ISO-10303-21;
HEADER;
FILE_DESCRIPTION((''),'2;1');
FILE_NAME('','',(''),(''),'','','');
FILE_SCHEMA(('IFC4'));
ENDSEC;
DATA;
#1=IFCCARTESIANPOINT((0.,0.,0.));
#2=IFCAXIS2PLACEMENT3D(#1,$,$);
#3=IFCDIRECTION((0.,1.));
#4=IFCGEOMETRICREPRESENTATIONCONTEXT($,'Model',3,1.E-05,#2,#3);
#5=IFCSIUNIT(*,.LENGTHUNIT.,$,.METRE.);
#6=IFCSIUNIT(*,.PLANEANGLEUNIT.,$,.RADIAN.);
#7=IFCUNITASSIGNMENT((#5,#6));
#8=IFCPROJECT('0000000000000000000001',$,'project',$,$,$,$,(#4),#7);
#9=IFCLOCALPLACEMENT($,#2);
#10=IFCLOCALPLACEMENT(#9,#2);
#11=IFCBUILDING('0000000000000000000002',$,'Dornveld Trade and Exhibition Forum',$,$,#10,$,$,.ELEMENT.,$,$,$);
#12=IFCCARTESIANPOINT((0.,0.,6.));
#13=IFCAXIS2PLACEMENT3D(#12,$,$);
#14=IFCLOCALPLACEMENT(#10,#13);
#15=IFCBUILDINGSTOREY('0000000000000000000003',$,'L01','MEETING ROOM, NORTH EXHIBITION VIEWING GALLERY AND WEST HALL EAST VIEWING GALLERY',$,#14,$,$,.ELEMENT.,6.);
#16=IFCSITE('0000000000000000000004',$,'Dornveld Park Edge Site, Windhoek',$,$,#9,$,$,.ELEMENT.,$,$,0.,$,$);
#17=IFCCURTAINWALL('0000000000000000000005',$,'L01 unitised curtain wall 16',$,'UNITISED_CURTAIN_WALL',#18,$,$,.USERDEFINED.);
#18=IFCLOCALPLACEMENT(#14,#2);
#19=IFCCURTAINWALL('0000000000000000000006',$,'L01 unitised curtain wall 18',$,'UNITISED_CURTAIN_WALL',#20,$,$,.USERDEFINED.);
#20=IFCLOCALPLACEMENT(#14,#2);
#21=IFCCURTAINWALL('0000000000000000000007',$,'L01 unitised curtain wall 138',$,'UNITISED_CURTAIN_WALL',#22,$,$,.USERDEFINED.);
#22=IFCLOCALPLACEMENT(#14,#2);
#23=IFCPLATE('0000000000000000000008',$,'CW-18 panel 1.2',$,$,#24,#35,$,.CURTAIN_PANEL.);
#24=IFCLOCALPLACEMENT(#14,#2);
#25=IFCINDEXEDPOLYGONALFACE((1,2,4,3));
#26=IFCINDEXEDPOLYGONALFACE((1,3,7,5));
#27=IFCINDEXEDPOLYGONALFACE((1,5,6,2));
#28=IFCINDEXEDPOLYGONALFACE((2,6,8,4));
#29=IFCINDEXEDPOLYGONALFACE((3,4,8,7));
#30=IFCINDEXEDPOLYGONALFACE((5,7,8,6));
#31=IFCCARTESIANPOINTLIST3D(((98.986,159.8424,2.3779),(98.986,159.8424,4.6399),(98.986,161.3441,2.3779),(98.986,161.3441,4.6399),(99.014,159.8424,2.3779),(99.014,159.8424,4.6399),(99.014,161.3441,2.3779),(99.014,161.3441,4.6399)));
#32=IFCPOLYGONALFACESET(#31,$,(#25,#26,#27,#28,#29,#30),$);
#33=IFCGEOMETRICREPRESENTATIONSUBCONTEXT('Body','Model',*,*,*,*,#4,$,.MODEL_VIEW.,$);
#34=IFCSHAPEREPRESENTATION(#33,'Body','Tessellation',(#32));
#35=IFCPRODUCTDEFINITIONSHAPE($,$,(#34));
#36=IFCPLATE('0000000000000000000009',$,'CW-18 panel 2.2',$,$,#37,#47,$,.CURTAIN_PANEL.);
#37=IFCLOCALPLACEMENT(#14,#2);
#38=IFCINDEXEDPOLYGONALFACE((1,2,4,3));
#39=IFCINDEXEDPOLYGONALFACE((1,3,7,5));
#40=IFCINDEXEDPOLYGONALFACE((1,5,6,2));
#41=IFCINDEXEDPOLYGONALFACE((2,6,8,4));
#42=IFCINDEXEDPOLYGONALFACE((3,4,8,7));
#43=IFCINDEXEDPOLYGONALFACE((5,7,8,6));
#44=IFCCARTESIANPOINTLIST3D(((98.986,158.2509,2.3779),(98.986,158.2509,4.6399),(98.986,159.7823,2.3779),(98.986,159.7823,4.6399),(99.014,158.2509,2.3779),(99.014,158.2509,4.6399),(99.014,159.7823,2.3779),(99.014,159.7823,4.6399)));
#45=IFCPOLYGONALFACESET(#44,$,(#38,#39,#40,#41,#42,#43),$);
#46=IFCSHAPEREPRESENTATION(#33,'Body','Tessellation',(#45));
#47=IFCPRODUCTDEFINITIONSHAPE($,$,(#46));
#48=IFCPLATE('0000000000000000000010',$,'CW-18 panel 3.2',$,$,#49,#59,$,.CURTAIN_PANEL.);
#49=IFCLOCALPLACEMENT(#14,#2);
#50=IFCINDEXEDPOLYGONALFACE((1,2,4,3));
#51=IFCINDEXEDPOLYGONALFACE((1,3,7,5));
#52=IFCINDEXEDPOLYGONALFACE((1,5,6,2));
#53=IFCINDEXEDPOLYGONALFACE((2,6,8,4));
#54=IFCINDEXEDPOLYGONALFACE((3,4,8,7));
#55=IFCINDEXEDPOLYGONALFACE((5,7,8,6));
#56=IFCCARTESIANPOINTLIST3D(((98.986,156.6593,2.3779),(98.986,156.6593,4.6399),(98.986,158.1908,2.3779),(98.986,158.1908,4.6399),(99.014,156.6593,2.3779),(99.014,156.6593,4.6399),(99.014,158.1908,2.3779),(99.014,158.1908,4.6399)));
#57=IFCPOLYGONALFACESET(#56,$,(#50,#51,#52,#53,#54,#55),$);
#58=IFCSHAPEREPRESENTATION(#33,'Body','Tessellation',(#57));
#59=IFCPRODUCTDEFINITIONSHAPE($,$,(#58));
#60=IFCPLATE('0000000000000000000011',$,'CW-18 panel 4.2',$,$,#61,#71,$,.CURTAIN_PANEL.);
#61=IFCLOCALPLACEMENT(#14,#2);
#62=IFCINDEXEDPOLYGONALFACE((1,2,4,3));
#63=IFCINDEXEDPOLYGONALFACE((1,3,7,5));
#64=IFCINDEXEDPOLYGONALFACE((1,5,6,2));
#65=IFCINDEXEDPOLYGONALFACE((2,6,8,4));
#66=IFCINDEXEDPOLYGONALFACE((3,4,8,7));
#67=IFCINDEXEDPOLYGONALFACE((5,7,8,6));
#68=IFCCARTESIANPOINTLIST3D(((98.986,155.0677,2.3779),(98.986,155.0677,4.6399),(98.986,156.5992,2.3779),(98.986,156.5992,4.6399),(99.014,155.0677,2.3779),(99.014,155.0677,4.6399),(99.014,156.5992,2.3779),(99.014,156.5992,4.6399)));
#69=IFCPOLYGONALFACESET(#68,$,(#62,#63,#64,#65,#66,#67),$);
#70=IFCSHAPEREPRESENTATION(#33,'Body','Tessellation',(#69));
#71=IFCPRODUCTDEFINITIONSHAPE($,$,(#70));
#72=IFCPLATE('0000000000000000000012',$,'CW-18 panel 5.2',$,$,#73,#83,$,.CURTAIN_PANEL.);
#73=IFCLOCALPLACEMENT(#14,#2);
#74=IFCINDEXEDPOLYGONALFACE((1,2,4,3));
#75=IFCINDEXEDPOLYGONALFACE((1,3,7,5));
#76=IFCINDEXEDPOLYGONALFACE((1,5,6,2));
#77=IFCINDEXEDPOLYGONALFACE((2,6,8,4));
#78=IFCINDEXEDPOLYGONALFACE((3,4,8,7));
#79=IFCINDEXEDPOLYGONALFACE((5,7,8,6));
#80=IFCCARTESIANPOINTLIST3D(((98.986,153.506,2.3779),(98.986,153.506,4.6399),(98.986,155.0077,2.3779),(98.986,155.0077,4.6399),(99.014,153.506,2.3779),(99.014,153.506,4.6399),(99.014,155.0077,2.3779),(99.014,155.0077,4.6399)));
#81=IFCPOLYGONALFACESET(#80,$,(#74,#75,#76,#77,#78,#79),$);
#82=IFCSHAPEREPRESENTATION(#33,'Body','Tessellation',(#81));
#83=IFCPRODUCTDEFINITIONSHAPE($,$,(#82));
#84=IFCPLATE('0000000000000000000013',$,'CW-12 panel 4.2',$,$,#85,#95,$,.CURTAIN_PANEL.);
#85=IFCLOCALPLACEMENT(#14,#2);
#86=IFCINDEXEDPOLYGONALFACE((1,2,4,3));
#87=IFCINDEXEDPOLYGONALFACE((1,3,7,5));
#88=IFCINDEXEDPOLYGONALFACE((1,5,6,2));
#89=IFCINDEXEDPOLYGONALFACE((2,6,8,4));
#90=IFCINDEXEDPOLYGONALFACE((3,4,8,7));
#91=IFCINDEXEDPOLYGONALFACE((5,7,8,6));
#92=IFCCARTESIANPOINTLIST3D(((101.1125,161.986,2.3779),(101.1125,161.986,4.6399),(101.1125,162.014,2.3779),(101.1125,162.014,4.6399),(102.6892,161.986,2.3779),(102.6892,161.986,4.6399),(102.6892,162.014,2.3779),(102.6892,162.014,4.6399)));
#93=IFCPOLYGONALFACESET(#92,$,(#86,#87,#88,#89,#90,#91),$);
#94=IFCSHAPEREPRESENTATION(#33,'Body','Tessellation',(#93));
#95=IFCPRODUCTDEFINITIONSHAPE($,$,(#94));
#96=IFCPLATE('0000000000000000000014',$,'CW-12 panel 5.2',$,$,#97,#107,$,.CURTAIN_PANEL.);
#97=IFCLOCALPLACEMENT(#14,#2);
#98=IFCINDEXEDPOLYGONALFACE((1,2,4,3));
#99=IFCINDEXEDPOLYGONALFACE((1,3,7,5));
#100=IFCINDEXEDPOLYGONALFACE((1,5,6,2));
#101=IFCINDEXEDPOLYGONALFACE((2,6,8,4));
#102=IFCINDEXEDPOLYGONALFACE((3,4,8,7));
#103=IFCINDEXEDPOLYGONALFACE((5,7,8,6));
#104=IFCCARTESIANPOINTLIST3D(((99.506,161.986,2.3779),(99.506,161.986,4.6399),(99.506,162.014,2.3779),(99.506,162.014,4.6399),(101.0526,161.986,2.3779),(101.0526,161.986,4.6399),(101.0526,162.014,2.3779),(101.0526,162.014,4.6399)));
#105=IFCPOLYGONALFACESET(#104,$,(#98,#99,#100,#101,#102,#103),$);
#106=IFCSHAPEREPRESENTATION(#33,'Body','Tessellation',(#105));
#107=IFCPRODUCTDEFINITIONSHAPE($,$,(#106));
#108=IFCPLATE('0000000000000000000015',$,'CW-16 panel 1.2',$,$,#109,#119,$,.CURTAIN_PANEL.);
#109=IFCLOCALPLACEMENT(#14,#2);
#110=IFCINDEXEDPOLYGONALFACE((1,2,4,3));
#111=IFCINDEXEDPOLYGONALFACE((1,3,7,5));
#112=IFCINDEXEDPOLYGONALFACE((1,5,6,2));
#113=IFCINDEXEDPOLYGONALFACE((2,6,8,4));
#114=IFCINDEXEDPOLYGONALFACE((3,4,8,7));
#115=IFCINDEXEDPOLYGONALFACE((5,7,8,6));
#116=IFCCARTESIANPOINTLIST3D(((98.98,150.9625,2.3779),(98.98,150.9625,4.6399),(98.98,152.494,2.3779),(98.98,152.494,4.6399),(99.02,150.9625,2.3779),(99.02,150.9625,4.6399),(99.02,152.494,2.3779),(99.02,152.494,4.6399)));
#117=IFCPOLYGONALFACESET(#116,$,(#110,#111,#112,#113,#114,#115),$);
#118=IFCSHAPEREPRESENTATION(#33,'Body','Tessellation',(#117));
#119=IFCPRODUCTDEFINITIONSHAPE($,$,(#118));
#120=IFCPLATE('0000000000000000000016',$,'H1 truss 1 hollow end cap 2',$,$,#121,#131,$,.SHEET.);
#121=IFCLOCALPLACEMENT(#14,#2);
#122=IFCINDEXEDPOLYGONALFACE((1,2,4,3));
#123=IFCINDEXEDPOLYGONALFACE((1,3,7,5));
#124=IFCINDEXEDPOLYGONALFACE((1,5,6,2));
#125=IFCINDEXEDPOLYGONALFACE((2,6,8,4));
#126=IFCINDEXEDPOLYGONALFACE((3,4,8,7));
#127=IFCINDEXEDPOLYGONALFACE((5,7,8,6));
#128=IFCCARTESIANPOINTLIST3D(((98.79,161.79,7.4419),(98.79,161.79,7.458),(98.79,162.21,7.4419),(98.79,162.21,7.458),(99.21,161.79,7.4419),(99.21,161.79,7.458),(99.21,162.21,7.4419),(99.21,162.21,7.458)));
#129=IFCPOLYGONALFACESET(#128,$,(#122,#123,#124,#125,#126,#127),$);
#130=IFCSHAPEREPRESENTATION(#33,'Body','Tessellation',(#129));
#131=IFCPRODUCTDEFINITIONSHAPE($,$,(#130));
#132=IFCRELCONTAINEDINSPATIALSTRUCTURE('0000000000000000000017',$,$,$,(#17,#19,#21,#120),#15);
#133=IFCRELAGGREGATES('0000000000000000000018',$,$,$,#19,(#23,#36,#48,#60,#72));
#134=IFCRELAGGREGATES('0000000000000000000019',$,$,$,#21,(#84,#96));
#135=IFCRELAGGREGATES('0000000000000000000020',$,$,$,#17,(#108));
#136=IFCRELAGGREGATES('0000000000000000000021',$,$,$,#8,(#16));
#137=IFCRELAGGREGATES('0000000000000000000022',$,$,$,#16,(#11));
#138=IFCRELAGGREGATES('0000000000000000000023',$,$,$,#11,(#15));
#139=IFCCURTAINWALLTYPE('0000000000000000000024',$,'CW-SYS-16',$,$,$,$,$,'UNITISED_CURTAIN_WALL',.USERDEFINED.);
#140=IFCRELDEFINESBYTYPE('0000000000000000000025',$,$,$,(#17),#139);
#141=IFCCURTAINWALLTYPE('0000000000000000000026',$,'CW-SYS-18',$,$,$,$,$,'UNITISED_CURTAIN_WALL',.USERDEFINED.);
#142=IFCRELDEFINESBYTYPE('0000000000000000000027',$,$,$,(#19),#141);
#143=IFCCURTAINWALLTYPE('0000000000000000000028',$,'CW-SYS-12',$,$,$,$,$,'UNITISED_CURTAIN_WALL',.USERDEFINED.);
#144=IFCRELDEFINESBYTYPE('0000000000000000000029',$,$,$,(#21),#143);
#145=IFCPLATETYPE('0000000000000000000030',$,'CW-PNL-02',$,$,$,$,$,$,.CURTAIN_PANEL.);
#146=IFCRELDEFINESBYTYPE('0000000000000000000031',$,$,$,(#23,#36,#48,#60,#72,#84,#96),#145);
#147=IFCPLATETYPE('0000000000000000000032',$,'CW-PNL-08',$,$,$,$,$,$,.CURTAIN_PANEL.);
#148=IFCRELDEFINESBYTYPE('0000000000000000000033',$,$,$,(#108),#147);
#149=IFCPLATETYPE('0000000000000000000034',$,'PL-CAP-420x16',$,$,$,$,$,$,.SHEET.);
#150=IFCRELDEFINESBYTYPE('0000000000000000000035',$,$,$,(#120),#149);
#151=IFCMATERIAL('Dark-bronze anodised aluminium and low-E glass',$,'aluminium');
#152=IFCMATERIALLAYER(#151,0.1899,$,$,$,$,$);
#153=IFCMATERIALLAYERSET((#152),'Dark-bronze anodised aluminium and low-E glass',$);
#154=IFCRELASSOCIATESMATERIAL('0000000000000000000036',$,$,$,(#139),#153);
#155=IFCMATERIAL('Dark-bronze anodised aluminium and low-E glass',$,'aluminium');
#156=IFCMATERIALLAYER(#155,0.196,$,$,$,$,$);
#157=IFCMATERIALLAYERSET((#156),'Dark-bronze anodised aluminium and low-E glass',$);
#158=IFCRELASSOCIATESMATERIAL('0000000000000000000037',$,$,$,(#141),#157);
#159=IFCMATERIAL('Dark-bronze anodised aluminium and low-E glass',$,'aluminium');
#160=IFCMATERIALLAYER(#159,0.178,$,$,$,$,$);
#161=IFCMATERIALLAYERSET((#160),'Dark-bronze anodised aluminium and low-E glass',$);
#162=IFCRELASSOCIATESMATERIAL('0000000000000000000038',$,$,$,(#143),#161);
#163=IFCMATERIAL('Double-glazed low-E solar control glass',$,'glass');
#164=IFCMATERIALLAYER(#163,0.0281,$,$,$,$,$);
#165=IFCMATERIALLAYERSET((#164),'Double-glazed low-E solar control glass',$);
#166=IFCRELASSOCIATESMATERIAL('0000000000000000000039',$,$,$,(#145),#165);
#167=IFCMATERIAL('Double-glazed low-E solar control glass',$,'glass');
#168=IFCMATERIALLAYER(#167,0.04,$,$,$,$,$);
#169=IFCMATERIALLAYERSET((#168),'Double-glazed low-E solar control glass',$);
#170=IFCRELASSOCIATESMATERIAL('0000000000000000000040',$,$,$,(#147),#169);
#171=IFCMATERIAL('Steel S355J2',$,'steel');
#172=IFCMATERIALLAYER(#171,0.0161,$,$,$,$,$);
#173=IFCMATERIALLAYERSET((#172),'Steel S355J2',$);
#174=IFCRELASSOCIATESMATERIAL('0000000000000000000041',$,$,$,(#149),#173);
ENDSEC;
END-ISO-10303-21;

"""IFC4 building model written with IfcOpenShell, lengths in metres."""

from ifc_helpers import new_model, si_unit, direction, frame, origin, origin_2d, place, context, subcontext, project, spatial, rectangle, extrude, material, layer, layer_set, type_object, element, aggregate, save


model = new_model("IFC4")

# Units and contexts
model_context = context("Model", 3, precision=1e-05, world=origin(), true_north=direction((0.0, 1.0)))
body_context = subcontext(model_context, "Body", "Model", "MODEL_VIEW")
ifc_project = project(units=[si_unit("LENGTHUNIT", "METRE"), si_unit("PLANEANGLEUNIT", "RADIAN")], contexts=[model_context])

# Site, building, storey
site_placement = place(None, origin())
site = spatial("IfcSite", under=ifc_project, at=site_placement, Name="Dornveld Park Edge Site, Windhoek", CompositionType="ELEMENT", RefElevation=0.0)
building_placement = place(site_placement, origin())
building = spatial("IfcBuilding", under=site, at=building_placement, Name="Dornveld Trade and Exhibition Forum", CompositionType="ELEMENT")
storey_placement = place(building_placement, frame((0.0, 0.0, 6.0)))
storey = spatial("IfcBuildingStorey", under=building, at=storey_placement, Name="L01", Description="MEETING ROOM, NORTH EXHIBITION VIEWING GALLERY AND WEST HALL EAST VIEWING GALLERY", CompositionType="ELEMENT", Elevation=6.0)

# Curtain wall
ifc_material_1 = material(Name="Dark-bronze anodised aluminium and low-E glass", Category="aluminium")
ifc_layer_1 = layer(ifc_material_1, 0.1899)
ifc_layer_set_1 = layer_set([ifc_layer_1], Name="Dark-bronze anodised aluminium and low-E glass")
curtain_wall_type_1 = type_object("IfcCurtainWallType", Name="CW-SYS-16", ElementType="UNITISED_CURTAIN_WALL", PredefinedType="USERDEFINED", material=ifc_layer_set_1)
curtain_wall_1_placement = place(storey_placement, origin())
curtain_wall_1 = element("IfcCurtainWall", 1, at=curtain_wall_1_placement, inside=storey, type_object=curtain_wall_type_1, Name="L01 unitised curtain wall 16", ObjectType="UNITISED_CURTAIN_WALL", PredefinedType="USERDEFINED")

# Curtain walls
ifc_material_2 = material(Name="Dark-bronze anodised aluminium and low-E glass", Category="aluminium")
ifc_layer_2 = layer(ifc_material_2, 0.196)
ifc_layer_set_2 = layer_set([ifc_layer_2], Name="Dark-bronze anodised aluminium and low-E glass")
curtain_wall_type_2 = type_object("IfcCurtainWallType", Name="CW-SYS-18", ElementType="UNITISED_CURTAIN_WALL", PredefinedType="USERDEFINED", material=ifc_layer_set_2)
curtain_wall_2_placement = place(storey_placement, origin())
curtain_wall_2 = element("IfcCurtainWall", 2, at=curtain_wall_2_placement, inside=storey, type_object=curtain_wall_type_2, Name="L01 unitised curtain wall 18", ObjectType="UNITISED_CURTAIN_WALL", PredefinedType="USERDEFINED")
ifc_material_3 = material(Name="Dark-bronze anodised aluminium and low-E glass", Category="aluminium")
ifc_layer_3 = layer(ifc_material_3, 0.178)
ifc_layer_set_3 = layer_set([ifc_layer_3], Name="Dark-bronze anodised aluminium and low-E glass")
curtain_wall_type_3 = type_object("IfcCurtainWallType", Name="CW-SYS-12", ElementType="UNITISED_CURTAIN_WALL", PredefinedType="USERDEFINED", material=ifc_layer_set_3)
curtain_wall_3_placement = place(storey_placement, origin())
curtain_wall_3 = element("IfcCurtainWall", 3, at=curtain_wall_3_placement, inside=storey, type_object=curtain_wall_type_3, Name="L01 unitised curtain wall 138", ObjectType="UNITISED_CURTAIN_WALL", PredefinedType="USERDEFINED")

# Plates
ifc_material_4 = material(Name="Double-glazed low-E solar control glass", Category="glass")
ifc_layer_4 = layer(ifc_material_4, 0.0281)
ifc_layer_set_4 = layer_set([ifc_layer_4], Name="Double-glazed low-E solar control glass")
plate_type_1 = type_object("IfcPlateType", Name="CW-PNL-02", PredefinedType="CURTAIN_PANEL", material=ifc_layer_set_4)
plate_1_placement = place(storey_placement, frame((99.0, 160.5933, 2.3779), z_axis=(0.0, 0.0, 1.0), x_axis=(0.0, -1.0, 0.0)))
plate_1 = element("IfcPlate", 4, at=plate_1_placement, type_object=plate_type_1, Name="CW-18 panel 1.2", PredefinedType="CURTAIN_PANEL", context=body_context, shape_type="SweptSolid", body=[
    extrude(rectangle(XDim=1.5017, YDim=0.0281, at=origin_2d()), origin(), (0.0, 0.0, 1.0), 2.262),
])
plate_2_placement = place(storey_placement, frame((99.0, 159.0166, 2.3779), z_axis=(0.0, 0.0, 1.0), x_axis=(0.0, -1.0, 0.0)))
plate_2 = element("IfcPlate", 5, at=plate_2_placement, type_object=plate_type_1, Name="CW-18 panel 2.2", PredefinedType="CURTAIN_PANEL", context=body_context, shape_type="SweptSolid", body=[
    extrude(rectangle(XDim=1.5315, YDim=0.0281, at=origin_2d()), origin(), (0.0, 0.0, 1.0), 2.262),
])
plate_3_placement = place(storey_placement, frame((99.0, 157.425, 2.3779), z_axis=(0.0, 0.0, 1.0), x_axis=(0.0, -1.0, 0.0)))
plate_3 = element("IfcPlate", 6, at=plate_3_placement, type_object=plate_type_1, Name="CW-18 panel 3.2", PredefinedType="CURTAIN_PANEL", context=body_context, shape_type="SweptSolid", body=[
    extrude(rectangle(XDim=1.5315, YDim=0.0281, at=origin_2d()), origin(), (0.0, 0.0, 1.0), 2.262),
])
plate_4_placement = place(storey_placement, frame((99.0, 155.8335, 2.3779), z_axis=(0.0, 0.0, 1.0), x_axis=(0.0, -1.0, 0.0)))
plate_4 = element("IfcPlate", 7, at=plate_4_placement, type_object=plate_type_1, Name="CW-18 panel 4.2", PredefinedType="CURTAIN_PANEL", context=body_context, shape_type="SweptSolid", body=[
    extrude(rectangle(XDim=1.5315, YDim=0.0281, at=origin_2d()), origin(), (0.0, 0.0, 1.0), 2.262),
])
plate_5_placement = place(storey_placement, frame((99.0, 154.2568, 2.3779), z_axis=(0.0, 0.0, 1.0), x_axis=(0.0, -1.0, 0.0)))
plate_5 = element("IfcPlate", 8, at=plate_5_placement, type_object=plate_type_1, Name="CW-18 panel 5.2", PredefinedType="CURTAIN_PANEL", context=body_context, shape_type="SweptSolid", body=[
    extrude(rectangle(XDim=1.5017, YDim=0.0281, at=origin_2d()), origin(), (0.0, 0.0, 1.0), 2.262),
])
aggregate(curtain_wall_2, [plate_1, plate_2, plate_3, plate_4, plate_5])
plate_6_placement = place(storey_placement, frame((101.9009, 162.0, 2.3779), z_axis=(0.0, 0.0, 1.0), x_axis=(-1.0, 0.0, 0.0)))
plate_6 = element("IfcPlate", 9, at=plate_6_placement, type_object=plate_type_1, Name="CW-12 panel 4.2", PredefinedType="CURTAIN_PANEL", context=body_context, shape_type="SweptSolid", body=[
    extrude(rectangle(XDim=1.5767, YDim=0.0281, at=origin_2d()), origin(), (0.0, 0.0, 1.0), 2.262),
])
plate_7_placement = place(storey_placement, frame((100.2793, 162.0, 2.3779), z_axis=(0.0, 0.0, 1.0), x_axis=(-1.0, 0.0, 0.0)))
plate_7 = element("IfcPlate", 10, at=plate_7_placement, type_object=plate_type_1, Name="CW-12 panel 5.2", PredefinedType="CURTAIN_PANEL", context=body_context, shape_type="SweptSolid", body=[
    extrude(rectangle(XDim=1.5466, YDim=0.0281, at=origin_2d()), origin(), (0.0, 0.0, 1.0), 2.262),
])
aggregate(curtain_wall_3, [plate_6, plate_7])
ifc_material_5 = material(Name="Double-glazed low-E solar control glass", Category="glass")
ifc_layer_5 = layer(ifc_material_5, 0.04)
ifc_layer_set_5 = layer_set([ifc_layer_5], Name="Double-glazed low-E solar control glass")
plate_type_2 = type_object("IfcPlateType", Name="CW-PNL-08", PredefinedType="CURTAIN_PANEL", material=ifc_layer_set_5)
plate_8_placement = place(storey_placement, frame((99.0, 151.7283, 2.3779), z_axis=(0.0, 0.0, 1.0), x_axis=(0.0, -1.0, 0.0)))
plate_8 = element("IfcPlate", 11, at=plate_8_placement, type_object=plate_type_2, Name="CW-16 panel 1.2", PredefinedType="CURTAIN_PANEL", context=body_context, shape_type="SweptSolid", body=[
    extrude(rectangle(XDim=1.5315, YDim=0.04, at=origin_2d()), origin(), (0.0, 0.0, 1.0), 2.262),
])
aggregate(curtain_wall_1, [plate_8])
ifc_material_6 = material(Name="Steel S355J2", Category="steel")
ifc_layer_6 = layer(ifc_material_6, 0.0161)
ifc_layer_set_6 = layer_set([ifc_layer_6], Name="Steel S355J2")
plate_type_3 = type_object("IfcPlateType", Name="PL-CAP-420x16", PredefinedType="SHEET", material=ifc_layer_set_6)
plate_9_placement = place(storey_placement, frame((99.0, 162.0, 7.4419), z_axis=(0.0, 0.0, 1.0), x_axis=(1.0, 0.0, 0.0)))
element("IfcPlate", 12, at=plate_9_placement, inside=storey, type_object=plate_type_3, Name="H1 truss 1 hollow end cap 2", PredefinedType="SHEET", context=body_context, shape_type="SweptSolid", body=[
    extrude(rectangle(XDim=0.4199, YDim=0.4199, at=origin_2d()), origin(), (0.0, 0.0, 1.0), 0.0161),
])

save(model, "model.ifc")
